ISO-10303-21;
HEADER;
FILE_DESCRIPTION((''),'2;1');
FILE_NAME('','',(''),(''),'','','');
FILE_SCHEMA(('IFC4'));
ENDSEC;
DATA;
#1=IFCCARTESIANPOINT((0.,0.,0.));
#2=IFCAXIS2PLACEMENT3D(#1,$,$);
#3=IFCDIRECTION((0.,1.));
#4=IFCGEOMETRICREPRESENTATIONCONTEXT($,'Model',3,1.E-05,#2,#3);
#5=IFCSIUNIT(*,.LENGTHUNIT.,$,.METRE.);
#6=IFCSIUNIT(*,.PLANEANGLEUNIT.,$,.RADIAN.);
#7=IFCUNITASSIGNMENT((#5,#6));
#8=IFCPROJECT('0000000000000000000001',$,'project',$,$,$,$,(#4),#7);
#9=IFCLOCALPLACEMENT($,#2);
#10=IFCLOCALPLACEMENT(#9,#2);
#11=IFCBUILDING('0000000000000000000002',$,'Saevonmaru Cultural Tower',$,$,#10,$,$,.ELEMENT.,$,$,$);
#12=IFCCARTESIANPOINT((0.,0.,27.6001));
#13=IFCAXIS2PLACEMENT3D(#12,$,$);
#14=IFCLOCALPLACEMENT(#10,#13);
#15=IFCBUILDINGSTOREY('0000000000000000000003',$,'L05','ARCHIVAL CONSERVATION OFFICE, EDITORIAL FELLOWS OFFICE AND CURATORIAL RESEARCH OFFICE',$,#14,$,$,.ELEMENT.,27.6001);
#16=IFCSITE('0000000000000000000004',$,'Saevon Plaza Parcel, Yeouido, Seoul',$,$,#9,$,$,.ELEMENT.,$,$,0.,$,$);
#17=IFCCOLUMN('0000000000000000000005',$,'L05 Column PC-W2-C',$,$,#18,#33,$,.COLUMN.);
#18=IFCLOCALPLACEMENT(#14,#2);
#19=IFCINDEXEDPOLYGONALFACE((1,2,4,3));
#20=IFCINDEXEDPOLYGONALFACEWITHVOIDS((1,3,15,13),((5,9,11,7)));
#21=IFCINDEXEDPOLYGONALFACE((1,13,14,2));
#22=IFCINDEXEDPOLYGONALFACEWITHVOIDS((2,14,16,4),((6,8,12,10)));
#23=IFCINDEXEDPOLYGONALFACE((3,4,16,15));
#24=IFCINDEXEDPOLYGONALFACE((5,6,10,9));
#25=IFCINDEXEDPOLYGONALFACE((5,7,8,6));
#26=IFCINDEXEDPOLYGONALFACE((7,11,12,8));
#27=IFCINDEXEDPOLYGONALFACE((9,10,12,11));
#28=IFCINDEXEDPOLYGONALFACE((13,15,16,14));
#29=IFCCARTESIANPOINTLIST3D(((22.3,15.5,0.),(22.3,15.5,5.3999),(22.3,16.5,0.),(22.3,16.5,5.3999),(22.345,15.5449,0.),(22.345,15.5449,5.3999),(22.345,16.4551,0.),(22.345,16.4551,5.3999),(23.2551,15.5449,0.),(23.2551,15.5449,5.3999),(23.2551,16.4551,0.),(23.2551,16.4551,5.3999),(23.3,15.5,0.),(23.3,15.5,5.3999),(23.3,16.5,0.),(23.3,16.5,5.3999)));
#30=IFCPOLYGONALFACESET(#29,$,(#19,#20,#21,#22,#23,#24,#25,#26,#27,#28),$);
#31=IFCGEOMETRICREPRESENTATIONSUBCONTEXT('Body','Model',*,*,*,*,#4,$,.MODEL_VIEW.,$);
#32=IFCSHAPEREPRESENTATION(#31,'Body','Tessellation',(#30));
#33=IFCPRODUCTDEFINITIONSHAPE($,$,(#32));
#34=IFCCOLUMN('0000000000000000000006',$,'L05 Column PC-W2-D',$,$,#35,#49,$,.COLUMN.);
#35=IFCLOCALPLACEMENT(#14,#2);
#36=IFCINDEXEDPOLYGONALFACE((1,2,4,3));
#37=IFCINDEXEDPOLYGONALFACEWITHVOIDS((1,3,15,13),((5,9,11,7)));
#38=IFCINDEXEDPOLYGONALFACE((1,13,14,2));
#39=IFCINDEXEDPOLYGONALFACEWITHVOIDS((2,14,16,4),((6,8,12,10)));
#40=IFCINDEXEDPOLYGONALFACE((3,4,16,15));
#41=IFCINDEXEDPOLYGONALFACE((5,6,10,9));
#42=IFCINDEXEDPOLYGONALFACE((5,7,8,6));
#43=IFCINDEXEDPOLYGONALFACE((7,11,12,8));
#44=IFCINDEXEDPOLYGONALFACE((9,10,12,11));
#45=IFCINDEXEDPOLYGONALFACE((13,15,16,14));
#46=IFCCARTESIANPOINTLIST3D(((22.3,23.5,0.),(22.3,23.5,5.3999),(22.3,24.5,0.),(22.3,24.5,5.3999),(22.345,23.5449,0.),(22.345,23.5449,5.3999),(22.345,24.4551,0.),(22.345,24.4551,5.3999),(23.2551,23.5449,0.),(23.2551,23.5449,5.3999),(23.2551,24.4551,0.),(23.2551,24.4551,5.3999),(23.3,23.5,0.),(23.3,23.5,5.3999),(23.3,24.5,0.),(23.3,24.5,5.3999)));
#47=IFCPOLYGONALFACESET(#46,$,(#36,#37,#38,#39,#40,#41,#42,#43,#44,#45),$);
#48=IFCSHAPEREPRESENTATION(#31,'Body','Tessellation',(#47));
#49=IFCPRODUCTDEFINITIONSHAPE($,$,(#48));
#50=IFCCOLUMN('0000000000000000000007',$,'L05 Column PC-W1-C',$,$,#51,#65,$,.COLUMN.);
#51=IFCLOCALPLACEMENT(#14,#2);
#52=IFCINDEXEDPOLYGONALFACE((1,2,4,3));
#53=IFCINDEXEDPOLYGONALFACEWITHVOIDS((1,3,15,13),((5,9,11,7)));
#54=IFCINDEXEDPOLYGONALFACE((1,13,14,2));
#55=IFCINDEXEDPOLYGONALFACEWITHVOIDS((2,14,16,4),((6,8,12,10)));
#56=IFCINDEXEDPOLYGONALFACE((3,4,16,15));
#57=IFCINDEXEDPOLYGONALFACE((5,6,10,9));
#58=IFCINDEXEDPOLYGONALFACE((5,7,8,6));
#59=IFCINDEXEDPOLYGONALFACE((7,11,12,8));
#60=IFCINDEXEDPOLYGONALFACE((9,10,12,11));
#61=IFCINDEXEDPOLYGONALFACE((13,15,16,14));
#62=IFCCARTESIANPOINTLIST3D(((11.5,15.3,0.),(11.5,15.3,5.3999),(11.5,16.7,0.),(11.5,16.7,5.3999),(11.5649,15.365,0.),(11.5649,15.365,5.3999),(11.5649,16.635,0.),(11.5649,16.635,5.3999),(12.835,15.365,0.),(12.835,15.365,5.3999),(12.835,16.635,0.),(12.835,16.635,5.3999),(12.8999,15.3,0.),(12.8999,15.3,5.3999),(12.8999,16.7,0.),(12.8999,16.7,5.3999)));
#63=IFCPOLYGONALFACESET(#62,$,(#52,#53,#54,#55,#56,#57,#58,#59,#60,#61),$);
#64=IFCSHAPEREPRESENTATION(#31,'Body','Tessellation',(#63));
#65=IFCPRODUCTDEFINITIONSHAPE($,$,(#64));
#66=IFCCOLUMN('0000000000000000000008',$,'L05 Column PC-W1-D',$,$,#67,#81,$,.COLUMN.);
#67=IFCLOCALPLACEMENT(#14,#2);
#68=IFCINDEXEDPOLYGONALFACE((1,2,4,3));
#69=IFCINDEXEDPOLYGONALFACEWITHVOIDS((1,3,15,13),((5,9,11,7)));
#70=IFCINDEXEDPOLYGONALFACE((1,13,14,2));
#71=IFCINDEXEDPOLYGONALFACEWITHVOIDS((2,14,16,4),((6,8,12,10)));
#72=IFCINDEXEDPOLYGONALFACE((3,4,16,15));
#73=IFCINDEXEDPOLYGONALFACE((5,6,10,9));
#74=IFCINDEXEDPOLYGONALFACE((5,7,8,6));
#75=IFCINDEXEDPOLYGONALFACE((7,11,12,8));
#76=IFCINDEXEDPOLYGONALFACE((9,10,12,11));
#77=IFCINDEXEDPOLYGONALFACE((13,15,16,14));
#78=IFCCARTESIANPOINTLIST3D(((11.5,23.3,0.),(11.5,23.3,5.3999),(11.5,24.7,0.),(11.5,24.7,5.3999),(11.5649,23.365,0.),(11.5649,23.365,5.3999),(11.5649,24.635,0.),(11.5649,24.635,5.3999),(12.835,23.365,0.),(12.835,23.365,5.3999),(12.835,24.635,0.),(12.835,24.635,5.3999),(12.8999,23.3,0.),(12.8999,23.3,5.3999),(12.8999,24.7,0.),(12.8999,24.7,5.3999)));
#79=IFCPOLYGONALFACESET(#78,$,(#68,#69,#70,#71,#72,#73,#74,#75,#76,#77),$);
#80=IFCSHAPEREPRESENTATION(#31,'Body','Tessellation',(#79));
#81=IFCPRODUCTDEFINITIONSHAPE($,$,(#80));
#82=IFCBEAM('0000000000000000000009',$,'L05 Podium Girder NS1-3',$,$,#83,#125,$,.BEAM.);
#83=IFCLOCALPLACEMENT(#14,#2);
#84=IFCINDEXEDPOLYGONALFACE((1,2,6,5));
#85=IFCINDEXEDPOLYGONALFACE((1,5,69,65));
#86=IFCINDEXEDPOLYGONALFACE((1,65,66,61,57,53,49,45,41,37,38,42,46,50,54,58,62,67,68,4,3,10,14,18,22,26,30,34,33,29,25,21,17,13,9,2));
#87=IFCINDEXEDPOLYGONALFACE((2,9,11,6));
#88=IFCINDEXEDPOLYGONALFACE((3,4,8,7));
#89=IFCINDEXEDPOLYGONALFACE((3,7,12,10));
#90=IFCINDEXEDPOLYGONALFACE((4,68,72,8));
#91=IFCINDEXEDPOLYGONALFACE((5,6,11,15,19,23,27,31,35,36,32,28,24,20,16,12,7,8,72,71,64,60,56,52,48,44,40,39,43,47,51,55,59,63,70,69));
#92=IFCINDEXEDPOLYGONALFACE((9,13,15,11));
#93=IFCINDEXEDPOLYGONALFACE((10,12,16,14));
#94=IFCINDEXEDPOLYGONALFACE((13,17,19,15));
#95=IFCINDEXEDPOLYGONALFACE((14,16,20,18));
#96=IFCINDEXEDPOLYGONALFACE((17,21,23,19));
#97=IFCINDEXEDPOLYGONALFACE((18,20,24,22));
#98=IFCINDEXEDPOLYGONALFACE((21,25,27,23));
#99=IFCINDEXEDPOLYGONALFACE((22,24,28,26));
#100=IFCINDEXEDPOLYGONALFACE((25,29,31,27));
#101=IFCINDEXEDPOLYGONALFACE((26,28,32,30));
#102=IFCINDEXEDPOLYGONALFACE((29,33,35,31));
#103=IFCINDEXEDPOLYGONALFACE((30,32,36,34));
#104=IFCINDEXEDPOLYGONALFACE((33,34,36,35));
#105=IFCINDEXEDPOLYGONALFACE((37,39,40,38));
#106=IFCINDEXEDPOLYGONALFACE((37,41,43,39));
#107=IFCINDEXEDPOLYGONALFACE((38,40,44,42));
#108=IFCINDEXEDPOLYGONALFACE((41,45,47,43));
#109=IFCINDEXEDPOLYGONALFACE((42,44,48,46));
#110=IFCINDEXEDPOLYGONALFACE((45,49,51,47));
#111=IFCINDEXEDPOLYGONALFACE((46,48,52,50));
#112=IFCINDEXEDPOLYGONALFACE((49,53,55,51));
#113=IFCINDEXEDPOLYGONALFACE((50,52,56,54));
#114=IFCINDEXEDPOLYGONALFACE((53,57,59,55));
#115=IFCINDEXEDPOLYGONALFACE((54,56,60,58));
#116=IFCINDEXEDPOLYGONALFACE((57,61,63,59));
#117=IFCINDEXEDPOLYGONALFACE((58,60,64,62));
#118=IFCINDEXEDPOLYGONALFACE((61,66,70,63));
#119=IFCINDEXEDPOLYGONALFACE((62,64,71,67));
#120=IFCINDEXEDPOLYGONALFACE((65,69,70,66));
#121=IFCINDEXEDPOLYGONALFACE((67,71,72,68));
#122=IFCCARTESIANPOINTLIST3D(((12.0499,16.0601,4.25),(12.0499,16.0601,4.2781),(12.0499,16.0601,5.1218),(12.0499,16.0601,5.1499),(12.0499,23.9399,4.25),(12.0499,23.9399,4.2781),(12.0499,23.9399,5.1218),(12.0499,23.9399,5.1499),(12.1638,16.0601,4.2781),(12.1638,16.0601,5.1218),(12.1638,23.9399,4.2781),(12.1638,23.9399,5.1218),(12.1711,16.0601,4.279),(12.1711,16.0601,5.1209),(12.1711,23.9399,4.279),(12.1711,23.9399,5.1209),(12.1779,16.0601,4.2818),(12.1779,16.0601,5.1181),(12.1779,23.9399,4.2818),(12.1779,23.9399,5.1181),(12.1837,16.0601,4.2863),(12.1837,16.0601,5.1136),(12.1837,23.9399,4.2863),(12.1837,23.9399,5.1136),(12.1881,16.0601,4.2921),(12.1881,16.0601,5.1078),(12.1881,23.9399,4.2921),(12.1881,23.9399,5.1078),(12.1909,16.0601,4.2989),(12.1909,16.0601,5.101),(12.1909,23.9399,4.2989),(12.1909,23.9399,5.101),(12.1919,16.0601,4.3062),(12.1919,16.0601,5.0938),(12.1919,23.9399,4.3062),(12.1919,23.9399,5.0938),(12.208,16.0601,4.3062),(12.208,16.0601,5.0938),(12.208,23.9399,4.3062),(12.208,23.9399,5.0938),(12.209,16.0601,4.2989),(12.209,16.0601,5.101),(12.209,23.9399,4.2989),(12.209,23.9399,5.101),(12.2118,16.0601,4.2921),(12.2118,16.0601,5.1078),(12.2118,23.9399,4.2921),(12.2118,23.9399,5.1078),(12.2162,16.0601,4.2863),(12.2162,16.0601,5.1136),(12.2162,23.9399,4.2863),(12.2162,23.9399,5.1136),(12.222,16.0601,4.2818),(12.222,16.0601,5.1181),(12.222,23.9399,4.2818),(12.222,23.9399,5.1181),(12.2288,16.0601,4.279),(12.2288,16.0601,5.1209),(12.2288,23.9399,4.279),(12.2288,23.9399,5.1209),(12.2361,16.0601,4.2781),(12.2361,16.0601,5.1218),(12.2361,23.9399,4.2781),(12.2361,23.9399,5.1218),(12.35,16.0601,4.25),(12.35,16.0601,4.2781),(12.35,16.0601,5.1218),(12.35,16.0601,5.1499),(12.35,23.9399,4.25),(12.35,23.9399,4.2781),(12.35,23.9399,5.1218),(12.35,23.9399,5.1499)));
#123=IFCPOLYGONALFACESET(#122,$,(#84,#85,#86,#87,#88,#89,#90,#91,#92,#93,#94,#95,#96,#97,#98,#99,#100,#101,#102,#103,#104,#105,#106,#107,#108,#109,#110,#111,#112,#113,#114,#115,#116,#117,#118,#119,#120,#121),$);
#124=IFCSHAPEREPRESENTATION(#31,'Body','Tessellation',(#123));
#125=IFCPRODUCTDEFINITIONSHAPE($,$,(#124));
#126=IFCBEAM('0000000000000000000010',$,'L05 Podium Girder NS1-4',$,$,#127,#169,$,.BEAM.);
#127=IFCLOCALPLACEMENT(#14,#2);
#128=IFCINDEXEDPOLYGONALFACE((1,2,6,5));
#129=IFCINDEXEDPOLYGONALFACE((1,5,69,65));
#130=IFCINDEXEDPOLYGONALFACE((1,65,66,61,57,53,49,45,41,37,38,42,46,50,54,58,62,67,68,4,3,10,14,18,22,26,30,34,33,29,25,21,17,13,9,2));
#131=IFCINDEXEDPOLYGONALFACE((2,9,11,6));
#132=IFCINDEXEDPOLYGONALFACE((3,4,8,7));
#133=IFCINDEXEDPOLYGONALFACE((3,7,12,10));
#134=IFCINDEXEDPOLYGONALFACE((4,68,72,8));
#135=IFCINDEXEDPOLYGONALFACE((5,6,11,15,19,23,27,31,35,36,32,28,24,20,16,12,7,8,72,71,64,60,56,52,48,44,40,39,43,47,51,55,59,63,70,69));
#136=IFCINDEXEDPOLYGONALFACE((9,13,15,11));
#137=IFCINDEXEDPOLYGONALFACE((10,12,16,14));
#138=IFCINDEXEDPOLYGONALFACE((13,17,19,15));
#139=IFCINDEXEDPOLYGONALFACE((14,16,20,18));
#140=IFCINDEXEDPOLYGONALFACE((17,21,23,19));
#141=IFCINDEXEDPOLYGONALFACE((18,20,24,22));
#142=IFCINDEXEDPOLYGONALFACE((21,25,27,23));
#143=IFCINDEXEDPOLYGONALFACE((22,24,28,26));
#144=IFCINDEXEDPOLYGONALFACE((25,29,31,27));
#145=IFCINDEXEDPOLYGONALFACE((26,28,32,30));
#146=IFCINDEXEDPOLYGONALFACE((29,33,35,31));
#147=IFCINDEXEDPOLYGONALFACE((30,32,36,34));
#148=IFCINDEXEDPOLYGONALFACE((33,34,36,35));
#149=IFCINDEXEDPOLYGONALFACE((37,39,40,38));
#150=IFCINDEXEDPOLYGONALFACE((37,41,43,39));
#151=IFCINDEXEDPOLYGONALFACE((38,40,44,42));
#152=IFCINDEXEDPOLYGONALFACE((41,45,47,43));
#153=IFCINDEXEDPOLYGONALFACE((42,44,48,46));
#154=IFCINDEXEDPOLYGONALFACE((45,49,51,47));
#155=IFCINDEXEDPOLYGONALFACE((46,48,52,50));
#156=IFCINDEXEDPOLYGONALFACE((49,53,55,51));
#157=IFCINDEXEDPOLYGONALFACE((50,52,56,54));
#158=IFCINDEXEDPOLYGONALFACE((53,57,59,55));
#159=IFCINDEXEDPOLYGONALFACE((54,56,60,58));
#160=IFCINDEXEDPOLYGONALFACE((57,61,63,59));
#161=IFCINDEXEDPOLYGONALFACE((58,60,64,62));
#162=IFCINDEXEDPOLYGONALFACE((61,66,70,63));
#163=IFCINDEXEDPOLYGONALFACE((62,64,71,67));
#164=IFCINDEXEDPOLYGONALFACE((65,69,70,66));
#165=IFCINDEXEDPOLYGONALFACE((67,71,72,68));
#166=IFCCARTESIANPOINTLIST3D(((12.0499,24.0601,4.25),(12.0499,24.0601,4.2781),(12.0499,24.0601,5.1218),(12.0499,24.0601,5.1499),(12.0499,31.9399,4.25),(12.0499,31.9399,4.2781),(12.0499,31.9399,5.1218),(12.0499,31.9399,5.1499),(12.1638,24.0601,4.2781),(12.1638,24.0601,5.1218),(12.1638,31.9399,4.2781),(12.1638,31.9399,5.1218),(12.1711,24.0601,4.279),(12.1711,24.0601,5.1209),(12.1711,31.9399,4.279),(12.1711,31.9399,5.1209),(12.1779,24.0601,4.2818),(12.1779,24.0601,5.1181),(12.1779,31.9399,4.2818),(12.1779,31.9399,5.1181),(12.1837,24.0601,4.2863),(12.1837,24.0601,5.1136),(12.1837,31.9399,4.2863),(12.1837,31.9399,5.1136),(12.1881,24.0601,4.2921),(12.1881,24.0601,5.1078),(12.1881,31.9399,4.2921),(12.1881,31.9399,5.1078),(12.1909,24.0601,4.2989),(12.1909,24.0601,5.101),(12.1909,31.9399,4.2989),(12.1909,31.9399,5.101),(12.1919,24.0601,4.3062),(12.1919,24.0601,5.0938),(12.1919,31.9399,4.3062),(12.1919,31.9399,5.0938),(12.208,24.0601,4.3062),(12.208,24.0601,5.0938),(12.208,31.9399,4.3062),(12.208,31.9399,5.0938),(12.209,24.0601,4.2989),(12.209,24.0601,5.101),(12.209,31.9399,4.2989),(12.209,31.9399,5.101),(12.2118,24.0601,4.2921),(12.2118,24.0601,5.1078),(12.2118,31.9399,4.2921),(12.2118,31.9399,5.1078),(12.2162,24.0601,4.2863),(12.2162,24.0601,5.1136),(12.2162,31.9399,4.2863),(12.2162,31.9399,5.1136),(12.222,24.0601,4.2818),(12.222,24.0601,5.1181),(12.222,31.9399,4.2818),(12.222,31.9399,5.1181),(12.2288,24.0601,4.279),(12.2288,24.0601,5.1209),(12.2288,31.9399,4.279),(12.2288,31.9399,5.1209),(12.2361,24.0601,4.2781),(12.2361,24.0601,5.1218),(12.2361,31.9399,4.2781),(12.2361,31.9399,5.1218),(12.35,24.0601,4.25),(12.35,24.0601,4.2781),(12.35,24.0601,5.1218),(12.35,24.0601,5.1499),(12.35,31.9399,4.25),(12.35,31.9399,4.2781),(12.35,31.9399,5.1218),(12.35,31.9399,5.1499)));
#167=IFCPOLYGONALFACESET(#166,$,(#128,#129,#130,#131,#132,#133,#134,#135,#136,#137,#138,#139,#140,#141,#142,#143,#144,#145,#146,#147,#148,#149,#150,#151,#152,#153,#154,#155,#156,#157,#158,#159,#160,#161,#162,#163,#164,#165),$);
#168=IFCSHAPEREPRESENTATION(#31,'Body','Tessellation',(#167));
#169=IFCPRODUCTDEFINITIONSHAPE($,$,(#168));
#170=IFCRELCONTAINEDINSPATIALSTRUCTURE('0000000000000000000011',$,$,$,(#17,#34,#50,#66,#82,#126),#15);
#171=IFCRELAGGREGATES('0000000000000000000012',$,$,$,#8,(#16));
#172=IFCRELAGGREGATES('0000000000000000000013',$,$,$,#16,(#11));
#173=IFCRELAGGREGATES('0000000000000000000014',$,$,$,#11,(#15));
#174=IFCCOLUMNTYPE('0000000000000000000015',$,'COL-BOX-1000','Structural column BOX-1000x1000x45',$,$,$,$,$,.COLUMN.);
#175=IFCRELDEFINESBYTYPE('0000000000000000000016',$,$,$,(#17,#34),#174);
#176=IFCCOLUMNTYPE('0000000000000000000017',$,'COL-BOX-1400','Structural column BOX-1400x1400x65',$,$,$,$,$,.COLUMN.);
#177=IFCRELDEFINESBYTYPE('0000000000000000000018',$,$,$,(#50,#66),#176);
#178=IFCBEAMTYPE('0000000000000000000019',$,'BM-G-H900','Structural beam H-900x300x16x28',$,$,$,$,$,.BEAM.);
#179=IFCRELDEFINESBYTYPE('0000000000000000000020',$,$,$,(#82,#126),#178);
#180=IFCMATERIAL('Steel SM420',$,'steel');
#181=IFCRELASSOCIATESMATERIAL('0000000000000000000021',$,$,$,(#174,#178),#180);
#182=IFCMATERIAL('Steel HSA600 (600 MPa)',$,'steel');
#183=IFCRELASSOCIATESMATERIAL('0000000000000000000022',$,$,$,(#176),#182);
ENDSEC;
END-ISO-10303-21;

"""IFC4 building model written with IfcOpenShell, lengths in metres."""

from ifc_helpers import new_model, si_unit, direction, frame, origin, origin_2d, place, context, subcontext, project, spatial, hollow_rectangle, i_section, extrude, material, material_profile, profile_set, type_object, element, save


model = new_model("IFC4")

# Units and contexts
model_context = context("Model", 3, precision=1e-05, world=origin(), true_north=direction((0.0, 1.0)))
body_context = subcontext(model_context, "Body", "Model", "MODEL_VIEW")
ifc_project = project(units=[si_unit("LENGTHUNIT", "METRE"), si_unit("PLANEANGLEUNIT", "RADIAN")], contexts=[model_context])

# Site, building, storey
site_placement = place(None, origin())
site = spatial("IfcSite", under=ifc_project, at=site_placement, Name="Saevon Plaza Parcel, Yeouido, Seoul", CompositionType="ELEMENT", RefElevation=0.0)
building_placement = place(site_placement, origin())
building = spatial("IfcBuilding", under=site, at=building_placement, Name="Saevonmaru Cultural Tower", CompositionType="ELEMENT")
storey_placement = place(building_placement, frame((0.0, 0.0, 27.6001)))
storey = spatial("IfcBuildingStorey", under=building, at=storey_placement, Name="L05", Description="ARCHIVAL CONSERVATION OFFICE, EDITORIAL FELLOWS OFFICE AND CURATORIAL RESEARCH OFFICE", CompositionType="ELEMENT", Elevation=27.6001)

# Columns
ifc_material_1 = material(Name="Steel SM420", Category="steel")
ifc_material_profile_1 = material_profile(ifc_material_1, hollow_rectangle(XDim=1.0, YDim=1.0, WallThickness=0.0449, at=origin_2d()), Name="BOX-1000x1000x45")
ifc_profile_set_1 = profile_set([ifc_material_profile_1], Name="Steel SM420")
column_type_1 = type_object("IfcColumnType", Name="COL-BOX-1000", Description="Structural column BOX-1000x1000x45", PredefinedType="COLUMN", material=ifc_profile_set_1)
for number, where, z_axis, x_axis, name in (
    (1, (22.8, 16.0, 0.0), (0.0, 0.0, 1.0), (1.0, 0.0, 0.0), "L05 Column PC-W2-C"),
    (2, (22.8, 24.0, 0.0), (0.0, 0.0, 1.0), (1.0, 0.0, 0.0), "L05 Column PC-W2-D"),
):
    element("IfcColumn", number, at=place(storey_placement, frame(where, z_axis=z_axis, x_axis=x_axis)), inside=storey, type_object=column_type_1, Name=name, PredefinedType="COLUMN", context=body_context, shape_type="SweptSolid", body=[
        extrude(hollow_rectangle(XDim=1.0, YDim=1.0, WallThickness=0.0449, at=origin_2d()), origin(), (0.0, 0.0, 1.0), 5.3999),
    ])
ifc_material_2 = material(Name="Steel HSA600 (600 MPa)", Category="steel")
ifc_material_profile_2 = material_profile(ifc_material_2, hollow_rectangle(XDim=1.3999, YDim=1.3999, WallThickness=0.0649, at=origin_2d()), Name="BOX-1400x1400x65")
ifc_profile_set_2 = profile_set([ifc_material_profile_2], Name="Steel HSA600 (600 MPa)")
column_type_2 = type_object("IfcColumnType", Name="COL-BOX-1400", Description="Structural column BOX-1400x1400x65", PredefinedType="COLUMN", material=ifc_profile_set_2)
for number, where, z_axis, x_axis, name in (
    (3, (12.2, 16.0, 0.0), (0.0, 0.0, 1.0), (1.0, 0.0, 0.0), "L05 Column PC-W1-C"),
    (4, (12.2, 24.0, 0.0), (0.0, 0.0, 1.0), (1.0, 0.0, 0.0), "L05 Column PC-W1-D"),
):
    element("IfcColumn", number, at=place(storey_placement, frame(where, z_axis=z_axis, x_axis=x_axis)), inside=storey, type_object=column_type_2, Name=name, PredefinedType="COLUMN", context=body_context, shape_type="SweptSolid", body=[
        extrude(hollow_rectangle(XDim=1.3999, YDim=1.3999, WallThickness=0.0649, at=origin_2d()), origin(), (0.0, 0.0, 1.0), 5.3999),
    ])

# Beams
ifc_material_profile_3 = material_profile(ifc_material_1, i_section(OverallWidth=0.3, OverallDepth=0.8999, WebThickness=0.0161, FlangeThickness=0.0281, FilletRadius=0.0281, at=origin_2d()), Name="H-900x300x16x28")
ifc_profile_set_3 = profile_set([ifc_material_profile_3], Name="Steel SM420")
beam_type_1 = type_object("IfcBeamType", Name="BM-G-H900", Description="Structural beam H-900x300x16x28", PredefinedType="BEAM", material=ifc_profile_set_3)
for number, where, z_axis, x_axis, name in (
    (5, (12.2, 16.0601, 4.7), (0.0, 1.0, 0.0), (-1.0, 0.0, 0.0), "L05 Podium Girder NS1-3"),
    (6, (12.2, 24.0601, 4.7), (0.0, 1.0, 0.0), (-1.0, 0.0, 0.0), "L05 Podium Girder NS1-4"),
):
    element("IfcBeam", number, at=place(storey_placement, frame(where, z_axis=z_axis, x_axis=x_axis)), inside=storey, type_object=beam_type_1, Name=name, PredefinedType="BEAM", context=body_context, shape_type="SweptSolid", body=[
        extrude(i_section(OverallWidth=0.3, OverallDepth=0.8999, WebThickness=0.0161, FlangeThickness=0.0281, FilletRadius=0.0281, at=origin_2d()), origin(), (0.0, 0.0, 1.0), 7.8799),
    ])

save(model, "model.ifc")
